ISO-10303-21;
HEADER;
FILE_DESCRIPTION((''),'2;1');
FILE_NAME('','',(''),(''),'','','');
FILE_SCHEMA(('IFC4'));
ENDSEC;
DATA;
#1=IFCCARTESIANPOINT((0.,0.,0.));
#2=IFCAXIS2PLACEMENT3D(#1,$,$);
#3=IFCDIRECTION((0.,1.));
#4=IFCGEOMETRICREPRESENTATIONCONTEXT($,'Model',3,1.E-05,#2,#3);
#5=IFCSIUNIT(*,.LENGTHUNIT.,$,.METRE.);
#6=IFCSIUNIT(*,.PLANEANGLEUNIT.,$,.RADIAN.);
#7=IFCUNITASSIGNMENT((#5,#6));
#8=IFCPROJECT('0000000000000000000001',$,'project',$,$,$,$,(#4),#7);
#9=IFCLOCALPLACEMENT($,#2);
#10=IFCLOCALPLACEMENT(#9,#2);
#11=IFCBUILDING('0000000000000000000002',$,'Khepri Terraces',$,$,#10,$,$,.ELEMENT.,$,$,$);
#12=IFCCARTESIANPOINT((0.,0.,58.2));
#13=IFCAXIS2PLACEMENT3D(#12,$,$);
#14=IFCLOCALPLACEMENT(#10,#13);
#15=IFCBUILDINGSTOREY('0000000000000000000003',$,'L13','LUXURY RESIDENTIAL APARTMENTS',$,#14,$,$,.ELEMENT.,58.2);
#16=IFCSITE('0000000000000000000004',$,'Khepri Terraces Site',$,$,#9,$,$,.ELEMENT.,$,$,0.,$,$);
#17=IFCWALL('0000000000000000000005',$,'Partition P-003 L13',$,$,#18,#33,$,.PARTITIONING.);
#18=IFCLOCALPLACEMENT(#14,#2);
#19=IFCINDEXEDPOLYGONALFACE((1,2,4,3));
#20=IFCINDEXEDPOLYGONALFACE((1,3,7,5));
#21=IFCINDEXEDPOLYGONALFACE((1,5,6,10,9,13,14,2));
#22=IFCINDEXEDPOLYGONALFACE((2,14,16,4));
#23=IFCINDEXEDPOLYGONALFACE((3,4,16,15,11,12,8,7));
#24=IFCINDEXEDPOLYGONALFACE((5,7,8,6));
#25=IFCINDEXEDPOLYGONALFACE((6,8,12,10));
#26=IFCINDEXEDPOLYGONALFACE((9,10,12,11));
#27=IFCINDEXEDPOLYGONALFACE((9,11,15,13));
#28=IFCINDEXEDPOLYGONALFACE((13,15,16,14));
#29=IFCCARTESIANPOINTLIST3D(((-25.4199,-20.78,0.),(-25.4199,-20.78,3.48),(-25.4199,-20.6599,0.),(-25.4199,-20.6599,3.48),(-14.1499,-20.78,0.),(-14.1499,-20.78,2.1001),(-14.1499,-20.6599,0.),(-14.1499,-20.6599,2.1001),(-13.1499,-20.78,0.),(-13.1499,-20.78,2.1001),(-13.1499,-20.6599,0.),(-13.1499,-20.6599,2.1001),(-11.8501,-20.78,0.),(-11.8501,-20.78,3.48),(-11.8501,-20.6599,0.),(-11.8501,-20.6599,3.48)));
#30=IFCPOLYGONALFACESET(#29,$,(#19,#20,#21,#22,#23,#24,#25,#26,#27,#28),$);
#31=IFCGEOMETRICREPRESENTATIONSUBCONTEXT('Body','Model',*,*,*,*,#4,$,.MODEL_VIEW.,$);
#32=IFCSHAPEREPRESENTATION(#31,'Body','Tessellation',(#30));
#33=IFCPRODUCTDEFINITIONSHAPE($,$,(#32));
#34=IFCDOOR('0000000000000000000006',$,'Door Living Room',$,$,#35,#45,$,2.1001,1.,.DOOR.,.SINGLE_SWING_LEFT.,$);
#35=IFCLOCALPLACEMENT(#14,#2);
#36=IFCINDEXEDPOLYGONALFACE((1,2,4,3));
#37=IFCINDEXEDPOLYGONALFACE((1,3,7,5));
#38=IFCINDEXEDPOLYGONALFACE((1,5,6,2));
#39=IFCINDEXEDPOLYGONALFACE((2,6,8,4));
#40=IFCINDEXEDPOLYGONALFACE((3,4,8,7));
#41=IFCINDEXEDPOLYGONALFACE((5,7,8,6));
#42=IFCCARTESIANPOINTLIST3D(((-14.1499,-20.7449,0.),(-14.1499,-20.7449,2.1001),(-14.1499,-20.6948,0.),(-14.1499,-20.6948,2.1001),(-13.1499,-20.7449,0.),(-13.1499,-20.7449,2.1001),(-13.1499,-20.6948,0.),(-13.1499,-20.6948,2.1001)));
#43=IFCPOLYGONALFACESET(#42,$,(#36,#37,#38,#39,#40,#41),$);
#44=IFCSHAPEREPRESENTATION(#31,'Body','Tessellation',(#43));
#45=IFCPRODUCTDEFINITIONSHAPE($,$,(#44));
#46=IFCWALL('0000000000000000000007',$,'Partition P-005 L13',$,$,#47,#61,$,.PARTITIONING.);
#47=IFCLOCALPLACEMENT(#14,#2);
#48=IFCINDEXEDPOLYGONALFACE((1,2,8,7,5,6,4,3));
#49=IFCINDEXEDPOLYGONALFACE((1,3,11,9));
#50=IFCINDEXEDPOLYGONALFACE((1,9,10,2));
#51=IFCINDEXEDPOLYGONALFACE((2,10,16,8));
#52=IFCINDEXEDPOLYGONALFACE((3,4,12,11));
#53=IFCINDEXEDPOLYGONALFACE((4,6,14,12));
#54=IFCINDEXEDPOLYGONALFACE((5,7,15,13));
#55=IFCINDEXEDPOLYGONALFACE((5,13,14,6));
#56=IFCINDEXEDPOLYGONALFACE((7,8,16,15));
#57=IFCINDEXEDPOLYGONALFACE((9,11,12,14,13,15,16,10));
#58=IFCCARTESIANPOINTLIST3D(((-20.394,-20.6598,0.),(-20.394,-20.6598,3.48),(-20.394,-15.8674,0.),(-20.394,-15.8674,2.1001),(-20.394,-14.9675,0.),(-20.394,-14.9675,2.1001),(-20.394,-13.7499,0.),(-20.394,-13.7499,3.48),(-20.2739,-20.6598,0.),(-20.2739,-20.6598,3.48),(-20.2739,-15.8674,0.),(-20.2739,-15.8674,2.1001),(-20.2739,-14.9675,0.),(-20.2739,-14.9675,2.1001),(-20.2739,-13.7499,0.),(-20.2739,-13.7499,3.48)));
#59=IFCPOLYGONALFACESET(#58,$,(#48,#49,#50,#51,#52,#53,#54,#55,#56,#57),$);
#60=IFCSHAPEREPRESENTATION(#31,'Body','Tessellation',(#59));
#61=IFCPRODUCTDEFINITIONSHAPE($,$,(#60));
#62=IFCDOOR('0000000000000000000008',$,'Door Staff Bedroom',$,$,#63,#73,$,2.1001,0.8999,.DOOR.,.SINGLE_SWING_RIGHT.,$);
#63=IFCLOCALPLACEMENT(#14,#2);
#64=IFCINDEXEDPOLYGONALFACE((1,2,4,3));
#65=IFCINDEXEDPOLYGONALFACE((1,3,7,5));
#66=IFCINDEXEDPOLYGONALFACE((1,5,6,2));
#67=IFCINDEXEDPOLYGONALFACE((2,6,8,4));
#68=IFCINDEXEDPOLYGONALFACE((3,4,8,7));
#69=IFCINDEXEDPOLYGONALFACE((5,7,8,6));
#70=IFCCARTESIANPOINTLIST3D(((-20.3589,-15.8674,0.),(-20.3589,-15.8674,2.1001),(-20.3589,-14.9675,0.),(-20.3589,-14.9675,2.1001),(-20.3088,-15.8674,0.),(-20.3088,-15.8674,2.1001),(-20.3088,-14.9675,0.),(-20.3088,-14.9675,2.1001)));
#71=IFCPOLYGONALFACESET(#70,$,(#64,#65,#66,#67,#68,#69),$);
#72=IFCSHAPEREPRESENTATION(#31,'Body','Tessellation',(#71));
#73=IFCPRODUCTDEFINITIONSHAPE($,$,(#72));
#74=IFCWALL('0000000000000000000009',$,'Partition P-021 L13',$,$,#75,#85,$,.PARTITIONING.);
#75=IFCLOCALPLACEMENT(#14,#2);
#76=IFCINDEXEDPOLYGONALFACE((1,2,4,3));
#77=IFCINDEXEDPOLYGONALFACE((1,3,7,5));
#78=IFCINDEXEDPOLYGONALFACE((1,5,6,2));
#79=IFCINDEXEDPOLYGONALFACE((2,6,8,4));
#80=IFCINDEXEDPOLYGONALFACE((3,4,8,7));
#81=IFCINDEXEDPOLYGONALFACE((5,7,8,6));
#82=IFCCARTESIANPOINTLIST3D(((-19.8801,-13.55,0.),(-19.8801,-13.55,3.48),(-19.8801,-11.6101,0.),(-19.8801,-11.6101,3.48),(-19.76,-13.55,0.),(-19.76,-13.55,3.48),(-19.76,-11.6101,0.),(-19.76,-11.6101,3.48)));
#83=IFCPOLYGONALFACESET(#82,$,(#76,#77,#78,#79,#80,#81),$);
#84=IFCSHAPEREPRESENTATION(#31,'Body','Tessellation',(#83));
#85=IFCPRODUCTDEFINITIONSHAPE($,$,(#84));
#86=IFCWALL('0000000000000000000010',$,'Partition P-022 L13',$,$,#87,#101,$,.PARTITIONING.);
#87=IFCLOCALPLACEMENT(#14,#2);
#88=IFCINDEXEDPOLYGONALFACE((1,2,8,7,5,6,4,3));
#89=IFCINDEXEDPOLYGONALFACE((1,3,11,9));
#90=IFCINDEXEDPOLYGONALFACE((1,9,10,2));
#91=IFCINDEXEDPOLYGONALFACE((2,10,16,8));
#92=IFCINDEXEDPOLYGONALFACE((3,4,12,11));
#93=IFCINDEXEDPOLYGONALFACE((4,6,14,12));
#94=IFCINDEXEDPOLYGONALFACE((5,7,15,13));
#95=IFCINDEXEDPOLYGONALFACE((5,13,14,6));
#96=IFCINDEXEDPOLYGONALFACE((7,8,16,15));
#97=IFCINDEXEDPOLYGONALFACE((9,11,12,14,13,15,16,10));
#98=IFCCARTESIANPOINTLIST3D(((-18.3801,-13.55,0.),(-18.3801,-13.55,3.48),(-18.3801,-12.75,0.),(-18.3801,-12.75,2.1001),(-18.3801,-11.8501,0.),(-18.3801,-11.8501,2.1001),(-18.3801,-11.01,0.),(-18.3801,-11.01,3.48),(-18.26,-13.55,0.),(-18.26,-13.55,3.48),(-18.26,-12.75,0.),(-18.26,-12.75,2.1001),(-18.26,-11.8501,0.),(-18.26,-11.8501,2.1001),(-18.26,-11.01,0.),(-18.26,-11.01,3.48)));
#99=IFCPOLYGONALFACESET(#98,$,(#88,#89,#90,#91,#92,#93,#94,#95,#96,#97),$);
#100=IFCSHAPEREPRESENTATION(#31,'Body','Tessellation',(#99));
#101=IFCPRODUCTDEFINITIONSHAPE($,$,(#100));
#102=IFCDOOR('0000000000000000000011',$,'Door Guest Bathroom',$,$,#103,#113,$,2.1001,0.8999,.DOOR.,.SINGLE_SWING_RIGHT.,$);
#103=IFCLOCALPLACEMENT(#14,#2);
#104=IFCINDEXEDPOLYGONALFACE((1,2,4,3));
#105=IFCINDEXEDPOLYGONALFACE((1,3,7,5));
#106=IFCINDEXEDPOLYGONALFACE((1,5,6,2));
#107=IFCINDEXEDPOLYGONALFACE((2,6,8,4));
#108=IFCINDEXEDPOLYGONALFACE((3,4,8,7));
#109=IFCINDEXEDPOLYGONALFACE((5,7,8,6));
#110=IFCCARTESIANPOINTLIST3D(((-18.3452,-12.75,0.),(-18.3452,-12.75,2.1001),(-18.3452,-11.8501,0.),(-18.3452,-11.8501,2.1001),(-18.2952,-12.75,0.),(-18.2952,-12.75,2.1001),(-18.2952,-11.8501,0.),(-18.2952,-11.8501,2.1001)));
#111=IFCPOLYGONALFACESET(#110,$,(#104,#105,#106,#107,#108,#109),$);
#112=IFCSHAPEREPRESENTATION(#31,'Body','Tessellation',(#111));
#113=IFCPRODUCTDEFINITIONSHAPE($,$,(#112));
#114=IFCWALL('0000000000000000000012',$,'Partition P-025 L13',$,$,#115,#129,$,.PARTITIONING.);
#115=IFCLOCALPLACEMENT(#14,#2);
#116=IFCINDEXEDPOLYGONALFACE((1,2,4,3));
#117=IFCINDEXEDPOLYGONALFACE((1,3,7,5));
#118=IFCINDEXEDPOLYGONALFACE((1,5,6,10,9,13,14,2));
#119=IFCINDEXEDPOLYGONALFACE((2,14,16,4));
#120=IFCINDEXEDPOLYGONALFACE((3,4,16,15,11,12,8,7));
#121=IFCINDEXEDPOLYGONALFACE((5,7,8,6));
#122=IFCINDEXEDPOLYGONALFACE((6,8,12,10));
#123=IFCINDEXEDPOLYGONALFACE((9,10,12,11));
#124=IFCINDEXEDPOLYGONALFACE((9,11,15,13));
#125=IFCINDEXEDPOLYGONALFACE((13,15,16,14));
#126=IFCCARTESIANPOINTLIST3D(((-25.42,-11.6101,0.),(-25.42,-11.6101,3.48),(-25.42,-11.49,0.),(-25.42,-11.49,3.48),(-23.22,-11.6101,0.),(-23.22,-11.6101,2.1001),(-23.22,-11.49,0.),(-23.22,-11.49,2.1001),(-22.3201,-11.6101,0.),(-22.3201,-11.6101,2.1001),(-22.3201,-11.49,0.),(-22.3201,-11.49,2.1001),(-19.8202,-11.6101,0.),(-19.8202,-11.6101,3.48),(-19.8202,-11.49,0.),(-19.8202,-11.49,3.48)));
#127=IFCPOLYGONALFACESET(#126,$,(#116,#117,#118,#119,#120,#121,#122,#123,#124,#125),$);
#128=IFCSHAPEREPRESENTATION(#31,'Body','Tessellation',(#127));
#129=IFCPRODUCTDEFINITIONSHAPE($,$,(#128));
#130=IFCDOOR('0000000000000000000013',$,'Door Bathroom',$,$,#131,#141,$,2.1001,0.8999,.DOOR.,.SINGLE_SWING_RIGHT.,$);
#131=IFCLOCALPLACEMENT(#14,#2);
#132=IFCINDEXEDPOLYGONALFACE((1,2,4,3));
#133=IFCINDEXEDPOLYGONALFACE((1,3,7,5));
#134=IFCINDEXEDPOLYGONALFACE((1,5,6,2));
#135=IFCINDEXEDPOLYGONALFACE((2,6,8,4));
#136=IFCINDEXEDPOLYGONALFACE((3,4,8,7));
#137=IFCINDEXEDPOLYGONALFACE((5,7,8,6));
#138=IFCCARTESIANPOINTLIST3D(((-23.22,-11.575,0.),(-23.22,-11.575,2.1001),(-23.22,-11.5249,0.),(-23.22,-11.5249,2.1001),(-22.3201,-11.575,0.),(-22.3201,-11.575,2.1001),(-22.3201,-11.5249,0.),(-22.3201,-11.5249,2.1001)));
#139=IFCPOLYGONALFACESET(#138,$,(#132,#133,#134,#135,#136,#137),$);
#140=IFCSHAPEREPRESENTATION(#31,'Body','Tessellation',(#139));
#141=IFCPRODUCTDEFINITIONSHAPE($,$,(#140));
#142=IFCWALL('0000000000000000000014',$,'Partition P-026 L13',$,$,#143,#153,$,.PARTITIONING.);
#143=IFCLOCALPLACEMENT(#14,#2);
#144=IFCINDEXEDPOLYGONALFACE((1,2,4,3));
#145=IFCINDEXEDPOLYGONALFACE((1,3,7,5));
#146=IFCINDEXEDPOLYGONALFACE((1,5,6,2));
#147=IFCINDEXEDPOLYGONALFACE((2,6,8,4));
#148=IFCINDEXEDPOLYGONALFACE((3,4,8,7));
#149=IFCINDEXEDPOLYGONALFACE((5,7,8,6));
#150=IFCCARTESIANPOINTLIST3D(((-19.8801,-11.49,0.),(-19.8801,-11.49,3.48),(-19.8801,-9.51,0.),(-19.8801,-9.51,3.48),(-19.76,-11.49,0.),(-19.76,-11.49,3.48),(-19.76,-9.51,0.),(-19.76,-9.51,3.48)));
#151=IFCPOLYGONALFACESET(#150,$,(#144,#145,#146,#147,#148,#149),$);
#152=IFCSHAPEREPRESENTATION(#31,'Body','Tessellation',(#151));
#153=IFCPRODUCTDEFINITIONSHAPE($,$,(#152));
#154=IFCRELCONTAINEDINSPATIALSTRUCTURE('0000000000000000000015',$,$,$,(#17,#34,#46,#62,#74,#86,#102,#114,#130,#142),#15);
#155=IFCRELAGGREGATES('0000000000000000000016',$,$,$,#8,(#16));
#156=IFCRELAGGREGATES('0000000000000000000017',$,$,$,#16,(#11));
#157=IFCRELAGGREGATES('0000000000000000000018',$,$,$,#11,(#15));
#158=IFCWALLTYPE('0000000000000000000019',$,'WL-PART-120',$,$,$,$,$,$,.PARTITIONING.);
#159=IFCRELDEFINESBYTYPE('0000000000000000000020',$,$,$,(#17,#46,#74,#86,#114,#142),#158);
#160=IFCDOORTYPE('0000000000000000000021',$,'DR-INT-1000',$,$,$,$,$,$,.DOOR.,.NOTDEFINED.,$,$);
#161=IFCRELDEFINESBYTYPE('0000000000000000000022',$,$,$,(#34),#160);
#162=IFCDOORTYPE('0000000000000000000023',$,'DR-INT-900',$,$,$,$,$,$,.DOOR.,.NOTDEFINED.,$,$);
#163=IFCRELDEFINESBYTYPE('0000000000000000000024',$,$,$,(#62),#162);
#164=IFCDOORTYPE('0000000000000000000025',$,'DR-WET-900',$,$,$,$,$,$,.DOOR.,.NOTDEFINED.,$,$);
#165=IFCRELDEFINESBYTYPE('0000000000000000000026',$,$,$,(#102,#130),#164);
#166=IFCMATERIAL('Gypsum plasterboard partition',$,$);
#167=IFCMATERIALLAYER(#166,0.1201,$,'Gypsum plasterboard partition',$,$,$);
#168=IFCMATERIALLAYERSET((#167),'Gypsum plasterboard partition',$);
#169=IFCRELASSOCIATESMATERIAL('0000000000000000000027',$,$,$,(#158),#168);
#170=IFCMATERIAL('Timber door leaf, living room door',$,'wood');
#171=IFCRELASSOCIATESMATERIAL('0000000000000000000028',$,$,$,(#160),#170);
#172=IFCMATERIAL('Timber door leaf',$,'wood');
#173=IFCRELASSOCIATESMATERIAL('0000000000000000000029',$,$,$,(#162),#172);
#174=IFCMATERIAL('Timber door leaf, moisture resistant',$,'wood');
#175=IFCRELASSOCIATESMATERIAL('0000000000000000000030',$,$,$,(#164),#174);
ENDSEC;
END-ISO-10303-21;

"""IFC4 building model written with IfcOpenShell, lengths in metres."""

from ifc_helpers import new_model, si_unit, direction, frame, frame_2d, origin, place, context, subcontext, project, spatial, rectangle, extrude, material, layer, layer_set, type_object, element, fill, save


model = new_model("IFC4")

# Units and contexts
model_context = context("Model", 3, precision=1e-05, world=origin(), true_north=direction((0.0, 1.0)))
body_context = subcontext(model_context, "Body", "Model", "MODEL_VIEW")
ifc_project = project(units=[si_unit("LENGTHUNIT", "METRE"), si_unit("PLANEANGLEUNIT", "RADIAN")], contexts=[model_context])

# Site, building, storey
site_placement = place(None, origin())
site = spatial("IfcSite", under=ifc_project, at=site_placement, Name="Khepri Terraces Site", CompositionType="ELEMENT", RefElevation=0.0)
building_placement = place(site_placement, origin())
building = spatial("IfcBuilding", under=site, at=building_placement, Name="Khepri Terraces", CompositionType="ELEMENT")
storey_placement = place(building_placement, frame((0.0, 0.0, 58.2)))
storey = spatial("IfcBuildingStorey", under=building, at=storey_placement, Name="L13", Description="LUXURY RESIDENTIAL APARTMENTS", CompositionType="ELEMENT", Elevation=58.2)

# Walls, openings, doors
ifc_material_1 = material(Name="Gypsum plasterboard partition")
ifc_layer_1 = layer(ifc_material_1, 0.1201, Name="Gypsum plasterboard partition")
ifc_layer_set_1 = layer_set([ifc_layer_1], Name="Gypsum plasterboard partition")
wall_type_1 = type_object("IfcWallType", Name="WL-PART-120", PredefinedType="PARTITIONING", material=ifc_layer_set_1)
wall_1_placement = place(storey_placement, frame((-25.4199, -20.72, 0.0), z_axis=(0.0, 0.0, 1.0), x_axis=(1.0, 0.0, 0.0)))
wall_1 = element("IfcWall", 1, at=wall_1_placement, inside=storey, type_object=wall_type_1, Name="Partition P-003 L13", PredefinedType="PARTITIONING", context=body_context, shape_type="SweptSolid", body=[
    extrude(rectangle(XDim=13.5698, YDim=0.1201, at=frame_2d((6.7849, 0.0))), origin(), (0.0, 0.0, 1.0), 3.48),
])
opening_1_placement = place(wall_1_placement, frame((11.27, 0.0, 0.0)))
opening_1 = element("IfcOpeningElement", 2, at=opening_1_placement, cuts=wall_1, PredefinedType="OPENING", context=body_context, shape_type="SweptSolid", body=[
    extrude(rectangle(XDim=1.0, YDim=2.1001, at=frame_2d((0.5, 1.05))), frame((0.0, 0.0701, 0.0), z_axis=(0.0, -1.0, 0.0), x_axis=(1.0, 0.0, 0.0)), (0.0, 0.0, 1.0), 0.1401),
])
ifc_material_2 = material(Name="Timber door leaf, living room door", Category="wood")
door_type_1 = type_object("IfcDoorType", Name="DR-INT-1000", OperationType="NOTDEFINED", PredefinedType="DOOR", material=ifc_material_2)
door_1_placement = place(opening_1_placement, frame((1.0, 0.0, 0.0), z_axis=(0.0, 0.0, 1.0), x_axis=(-1.0, 0.0, 0.0)))
door_1 = element("IfcDoor", 3, at=door_1_placement, inside=storey, type_object=door_type_1, Name="Door Living Room", OperationType="SINGLE_SWING_LEFT", OverallHeight=2.1001, OverallWidth=1.0, PredefinedType="DOOR", context=body_context, shape_type="SweptSolid", body=[
    extrude(rectangle(XDim=1.0, YDim=2.1001, at=frame_2d((0.5, 1.05))), frame((0.0, 0.0249, 0.0), z_axis=(0.0, -1.0, 0.0), x_axis=(1.0, 0.0, 0.0)), (0.0, 0.0, 1.0), 0.05),
])
fill(opening_1, door_1)
wall_2_placement = place(storey_placement, frame((-20.334, -20.6599, 0.0), z_axis=(0.0, 0.0, 1.0), x_axis=(0.0, 1.0, 0.0)))
wall_2 = element("IfcWall", 4, at=wall_2_placement, inside=storey, type_object=wall_type_1, Name="Partition P-005 L13", PredefinedType="PARTITIONING", context=body_context, shape_type="SweptSolid", body=[
    extrude(rectangle(XDim=6.9099, YDim=0.1201, at=frame_2d((3.4551, 0.0))), origin(), (0.0, 0.0, 1.0), 3.48),
])
opening_2_placement = place(wall_2_placement, frame((4.7925, 0.0, 0.0)))
opening_2 = element("IfcOpeningElement", 5, at=opening_2_placement, cuts=wall_2, PredefinedType="OPENING", context=body_context, shape_type="SweptSolid", body=[
    extrude(rectangle(XDim=0.8999, YDim=2.1001, at=frame_2d((0.45, 1.05))), frame((0.0, 0.0701, 0.0), z_axis=(0.0, -1.0, 0.0), x_axis=(1.0, 0.0, 0.0)), (0.0, 0.0, 1.0), 0.1401),
])
ifc_material_3 = material(Name="Timber door leaf", Category="wood")
door_type_2 = type_object("IfcDoorType", Name="DR-INT-900", OperationType="NOTDEFINED", PredefinedType="DOOR", material=ifc_material_3)
door_2_placement = place(opening_2_placement, origin())
door_2 = element("IfcDoor", 6, at=door_2_placement, inside=storey, type_object=door_type_2, Name="Door Staff Bedroom", OperationType="SINGLE_SWING_RIGHT", OverallHeight=2.1001, OverallWidth=0.8999, PredefinedType="DOOR", context=body_context, shape_type="SweptSolid", body=[
    extrude(rectangle(XDim=0.8999, YDim=2.1001, at=frame_2d((0.45, 1.05))), frame((0.0, 0.0249, 0.0), z_axis=(0.0, -1.0, 0.0), x_axis=(1.0, 0.0, 0.0)), (0.0, 0.0, 1.0), 0.05),
])
fill(opening_2, door_2)

# Wall
wall_3_placement = place(storey_placement, frame((-19.8201, -13.55, 0.0), z_axis=(0.0, 0.0, 1.0), x_axis=(0.0, 1.0, 0.0)))
element("IfcWall", 7, at=wall_3_placement, inside=storey, type_object=wall_type_1, Name="Partition P-021 L13", PredefinedType="PARTITIONING", context=body_context, shape_type="SweptSolid", body=[
    extrude(rectangle(XDim=1.9399, YDim=0.1201, at=frame_2d((0.97, 0.0))), origin(), (0.0, 0.0, 1.0), 3.48),
])

# Walls, openings, doors
wall_4_placement = place(storey_placement, frame((-18.3201, -13.55, 0.0), z_axis=(0.0, 0.0, 1.0), x_axis=(0.0, 1.0, 0.0)))
wall_4 = element("IfcWall", 8, at=wall_4_placement, inside=storey, type_object=wall_type_1, Name="Partition P-022 L13", PredefinedType="PARTITIONING", context=body_context, shape_type="SweptSolid", body=[
    extrude(rectangle(XDim=2.54, YDim=0.1201, at=frame_2d((1.27, 0.0))), origin(), (0.0, 0.0, 1.0), 3.48),
])
opening_3_placement = place(wall_4_placement, frame((0.8, 0.0, 0.0)))
opening_3 = element("IfcOpeningElement", 9, at=opening_3_placement, cuts=wall_4, PredefinedType="OPENING", context=body_context, shape_type="SweptSolid", body=[
    extrude(rectangle(XDim=0.8999, YDim=2.1001, at=frame_2d((0.45, 1.05))), frame((0.0, 0.0701, 0.0), z_axis=(0.0, -1.0, 0.0), x_axis=(1.0, 0.0, 0.0)), (0.0, 0.0, 1.0), 0.1401),
])
ifc_material_4 = material(Name="Timber door leaf, moisture resistant", Category="wood")
door_type_3 = type_object("IfcDoorType", Name="DR-WET-900", OperationType="NOTDEFINED", PredefinedType="DOOR", material=ifc_material_4)
door_3_placement = place(opening_3_placement, frame((0.8999, 0.0, 0.0), z_axis=(0.0, 0.0, 1.0), x_axis=(-1.0, 0.0, 0.0)))
door_3 = element("IfcDoor", 10, at=door_3_placement, inside=storey, type_object=door_type_3, Name="Door Guest Bathroom", OperationType="SINGLE_SWING_RIGHT", OverallHeight=2.1001, OverallWidth=0.8999, PredefinedType="DOOR", context=body_context, shape_type="SweptSolid", body=[
    extrude(rectangle(XDim=0.8999, YDim=2.1001, at=frame_2d((0.45, 1.05))), frame((0.0, 0.0249, 0.0), z_axis=(0.0, -1.0, 0.0), x_axis=(1.0, 0.0, 0.0)), (0.0, 0.0, 1.0), 0.05),
])
fill(opening_3, door_3)
wall_5_placement = place(storey_placement, frame((-25.4199, -11.55, 0.0), z_axis=(0.0, 0.0, 1.0), x_axis=(1.0, 0.0, 0.0)))
wall_5 = element("IfcWall", 11, at=wall_5_placement, inside=storey, type_object=wall_type_1, Name="Partition P-025 L13", PredefinedType="PARTITIONING", context=body_context, shape_type="SweptSolid", body=[
    extrude(rectangle(XDim=5.5999, YDim=0.1201, at=frame_2d((2.7998, 0.0))), origin(), (0.0, 0.0, 1.0), 3.48),
])
opening_4_placement = place(wall_5_placement, frame((2.2, 0.0, 0.0)))
opening_4 = element("IfcOpeningElement", 12, at=opening_4_placement, cuts=wall_5, PredefinedType="OPENING", context=body_context, shape_type="SweptSolid", body=[
    extrude(rectangle(XDim=0.8999, YDim=2.1001, at=frame_2d((0.45, 1.05))), frame((0.0, 0.0701, 0.0), z_axis=(0.0, -1.0, 0.0), x_axis=(1.0, 0.0, 0.0)), (0.0, 0.0, 1.0), 0.1401),
])
door_4_placement = place(opening_4_placement, frame((0.8999, 0.0, 0.0), z_axis=(0.0, 0.0, 1.0), x_axis=(-1.0, 0.0, 0.0)))
door_4 = element("IfcDoor", 13, at=door_4_placement, inside=storey, type_object=door_type_3, Name="Door Bathroom", OperationType="SINGLE_SWING_RIGHT", OverallHeight=2.1001, OverallWidth=0.8999, PredefinedType="DOOR", context=body_context, shape_type="SweptSolid", body=[
    extrude(rectangle(XDim=0.8999, YDim=2.1001, at=frame_2d((0.45, 1.05))), frame((0.0, 0.0249, 0.0), z_axis=(0.0, -1.0, 0.0), x_axis=(1.0, 0.0, 0.0)), (0.0, 0.0, 1.0), 0.05),
])
fill(opening_4, door_4)

# Wall
wall_6_placement = place(storey_placement, frame((-19.8201, -11.49, 0.0), z_axis=(0.0, 0.0, 1.0), x_axis=(0.0, 1.0, 0.0)))
element("IfcWall", 14, at=wall_6_placement, inside=storey, type_object=wall_type_1, Name="Partition P-026 L13", PredefinedType="PARTITIONING", context=body_context, shape_type="SweptSolid", body=[
    extrude(rectangle(XDim=1.98, YDim=0.1201, at=frame_2d((0.99, 0.0))), origin(), (0.0, 0.0, 1.0), 3.48),
])

save(model, "model.ifc")
